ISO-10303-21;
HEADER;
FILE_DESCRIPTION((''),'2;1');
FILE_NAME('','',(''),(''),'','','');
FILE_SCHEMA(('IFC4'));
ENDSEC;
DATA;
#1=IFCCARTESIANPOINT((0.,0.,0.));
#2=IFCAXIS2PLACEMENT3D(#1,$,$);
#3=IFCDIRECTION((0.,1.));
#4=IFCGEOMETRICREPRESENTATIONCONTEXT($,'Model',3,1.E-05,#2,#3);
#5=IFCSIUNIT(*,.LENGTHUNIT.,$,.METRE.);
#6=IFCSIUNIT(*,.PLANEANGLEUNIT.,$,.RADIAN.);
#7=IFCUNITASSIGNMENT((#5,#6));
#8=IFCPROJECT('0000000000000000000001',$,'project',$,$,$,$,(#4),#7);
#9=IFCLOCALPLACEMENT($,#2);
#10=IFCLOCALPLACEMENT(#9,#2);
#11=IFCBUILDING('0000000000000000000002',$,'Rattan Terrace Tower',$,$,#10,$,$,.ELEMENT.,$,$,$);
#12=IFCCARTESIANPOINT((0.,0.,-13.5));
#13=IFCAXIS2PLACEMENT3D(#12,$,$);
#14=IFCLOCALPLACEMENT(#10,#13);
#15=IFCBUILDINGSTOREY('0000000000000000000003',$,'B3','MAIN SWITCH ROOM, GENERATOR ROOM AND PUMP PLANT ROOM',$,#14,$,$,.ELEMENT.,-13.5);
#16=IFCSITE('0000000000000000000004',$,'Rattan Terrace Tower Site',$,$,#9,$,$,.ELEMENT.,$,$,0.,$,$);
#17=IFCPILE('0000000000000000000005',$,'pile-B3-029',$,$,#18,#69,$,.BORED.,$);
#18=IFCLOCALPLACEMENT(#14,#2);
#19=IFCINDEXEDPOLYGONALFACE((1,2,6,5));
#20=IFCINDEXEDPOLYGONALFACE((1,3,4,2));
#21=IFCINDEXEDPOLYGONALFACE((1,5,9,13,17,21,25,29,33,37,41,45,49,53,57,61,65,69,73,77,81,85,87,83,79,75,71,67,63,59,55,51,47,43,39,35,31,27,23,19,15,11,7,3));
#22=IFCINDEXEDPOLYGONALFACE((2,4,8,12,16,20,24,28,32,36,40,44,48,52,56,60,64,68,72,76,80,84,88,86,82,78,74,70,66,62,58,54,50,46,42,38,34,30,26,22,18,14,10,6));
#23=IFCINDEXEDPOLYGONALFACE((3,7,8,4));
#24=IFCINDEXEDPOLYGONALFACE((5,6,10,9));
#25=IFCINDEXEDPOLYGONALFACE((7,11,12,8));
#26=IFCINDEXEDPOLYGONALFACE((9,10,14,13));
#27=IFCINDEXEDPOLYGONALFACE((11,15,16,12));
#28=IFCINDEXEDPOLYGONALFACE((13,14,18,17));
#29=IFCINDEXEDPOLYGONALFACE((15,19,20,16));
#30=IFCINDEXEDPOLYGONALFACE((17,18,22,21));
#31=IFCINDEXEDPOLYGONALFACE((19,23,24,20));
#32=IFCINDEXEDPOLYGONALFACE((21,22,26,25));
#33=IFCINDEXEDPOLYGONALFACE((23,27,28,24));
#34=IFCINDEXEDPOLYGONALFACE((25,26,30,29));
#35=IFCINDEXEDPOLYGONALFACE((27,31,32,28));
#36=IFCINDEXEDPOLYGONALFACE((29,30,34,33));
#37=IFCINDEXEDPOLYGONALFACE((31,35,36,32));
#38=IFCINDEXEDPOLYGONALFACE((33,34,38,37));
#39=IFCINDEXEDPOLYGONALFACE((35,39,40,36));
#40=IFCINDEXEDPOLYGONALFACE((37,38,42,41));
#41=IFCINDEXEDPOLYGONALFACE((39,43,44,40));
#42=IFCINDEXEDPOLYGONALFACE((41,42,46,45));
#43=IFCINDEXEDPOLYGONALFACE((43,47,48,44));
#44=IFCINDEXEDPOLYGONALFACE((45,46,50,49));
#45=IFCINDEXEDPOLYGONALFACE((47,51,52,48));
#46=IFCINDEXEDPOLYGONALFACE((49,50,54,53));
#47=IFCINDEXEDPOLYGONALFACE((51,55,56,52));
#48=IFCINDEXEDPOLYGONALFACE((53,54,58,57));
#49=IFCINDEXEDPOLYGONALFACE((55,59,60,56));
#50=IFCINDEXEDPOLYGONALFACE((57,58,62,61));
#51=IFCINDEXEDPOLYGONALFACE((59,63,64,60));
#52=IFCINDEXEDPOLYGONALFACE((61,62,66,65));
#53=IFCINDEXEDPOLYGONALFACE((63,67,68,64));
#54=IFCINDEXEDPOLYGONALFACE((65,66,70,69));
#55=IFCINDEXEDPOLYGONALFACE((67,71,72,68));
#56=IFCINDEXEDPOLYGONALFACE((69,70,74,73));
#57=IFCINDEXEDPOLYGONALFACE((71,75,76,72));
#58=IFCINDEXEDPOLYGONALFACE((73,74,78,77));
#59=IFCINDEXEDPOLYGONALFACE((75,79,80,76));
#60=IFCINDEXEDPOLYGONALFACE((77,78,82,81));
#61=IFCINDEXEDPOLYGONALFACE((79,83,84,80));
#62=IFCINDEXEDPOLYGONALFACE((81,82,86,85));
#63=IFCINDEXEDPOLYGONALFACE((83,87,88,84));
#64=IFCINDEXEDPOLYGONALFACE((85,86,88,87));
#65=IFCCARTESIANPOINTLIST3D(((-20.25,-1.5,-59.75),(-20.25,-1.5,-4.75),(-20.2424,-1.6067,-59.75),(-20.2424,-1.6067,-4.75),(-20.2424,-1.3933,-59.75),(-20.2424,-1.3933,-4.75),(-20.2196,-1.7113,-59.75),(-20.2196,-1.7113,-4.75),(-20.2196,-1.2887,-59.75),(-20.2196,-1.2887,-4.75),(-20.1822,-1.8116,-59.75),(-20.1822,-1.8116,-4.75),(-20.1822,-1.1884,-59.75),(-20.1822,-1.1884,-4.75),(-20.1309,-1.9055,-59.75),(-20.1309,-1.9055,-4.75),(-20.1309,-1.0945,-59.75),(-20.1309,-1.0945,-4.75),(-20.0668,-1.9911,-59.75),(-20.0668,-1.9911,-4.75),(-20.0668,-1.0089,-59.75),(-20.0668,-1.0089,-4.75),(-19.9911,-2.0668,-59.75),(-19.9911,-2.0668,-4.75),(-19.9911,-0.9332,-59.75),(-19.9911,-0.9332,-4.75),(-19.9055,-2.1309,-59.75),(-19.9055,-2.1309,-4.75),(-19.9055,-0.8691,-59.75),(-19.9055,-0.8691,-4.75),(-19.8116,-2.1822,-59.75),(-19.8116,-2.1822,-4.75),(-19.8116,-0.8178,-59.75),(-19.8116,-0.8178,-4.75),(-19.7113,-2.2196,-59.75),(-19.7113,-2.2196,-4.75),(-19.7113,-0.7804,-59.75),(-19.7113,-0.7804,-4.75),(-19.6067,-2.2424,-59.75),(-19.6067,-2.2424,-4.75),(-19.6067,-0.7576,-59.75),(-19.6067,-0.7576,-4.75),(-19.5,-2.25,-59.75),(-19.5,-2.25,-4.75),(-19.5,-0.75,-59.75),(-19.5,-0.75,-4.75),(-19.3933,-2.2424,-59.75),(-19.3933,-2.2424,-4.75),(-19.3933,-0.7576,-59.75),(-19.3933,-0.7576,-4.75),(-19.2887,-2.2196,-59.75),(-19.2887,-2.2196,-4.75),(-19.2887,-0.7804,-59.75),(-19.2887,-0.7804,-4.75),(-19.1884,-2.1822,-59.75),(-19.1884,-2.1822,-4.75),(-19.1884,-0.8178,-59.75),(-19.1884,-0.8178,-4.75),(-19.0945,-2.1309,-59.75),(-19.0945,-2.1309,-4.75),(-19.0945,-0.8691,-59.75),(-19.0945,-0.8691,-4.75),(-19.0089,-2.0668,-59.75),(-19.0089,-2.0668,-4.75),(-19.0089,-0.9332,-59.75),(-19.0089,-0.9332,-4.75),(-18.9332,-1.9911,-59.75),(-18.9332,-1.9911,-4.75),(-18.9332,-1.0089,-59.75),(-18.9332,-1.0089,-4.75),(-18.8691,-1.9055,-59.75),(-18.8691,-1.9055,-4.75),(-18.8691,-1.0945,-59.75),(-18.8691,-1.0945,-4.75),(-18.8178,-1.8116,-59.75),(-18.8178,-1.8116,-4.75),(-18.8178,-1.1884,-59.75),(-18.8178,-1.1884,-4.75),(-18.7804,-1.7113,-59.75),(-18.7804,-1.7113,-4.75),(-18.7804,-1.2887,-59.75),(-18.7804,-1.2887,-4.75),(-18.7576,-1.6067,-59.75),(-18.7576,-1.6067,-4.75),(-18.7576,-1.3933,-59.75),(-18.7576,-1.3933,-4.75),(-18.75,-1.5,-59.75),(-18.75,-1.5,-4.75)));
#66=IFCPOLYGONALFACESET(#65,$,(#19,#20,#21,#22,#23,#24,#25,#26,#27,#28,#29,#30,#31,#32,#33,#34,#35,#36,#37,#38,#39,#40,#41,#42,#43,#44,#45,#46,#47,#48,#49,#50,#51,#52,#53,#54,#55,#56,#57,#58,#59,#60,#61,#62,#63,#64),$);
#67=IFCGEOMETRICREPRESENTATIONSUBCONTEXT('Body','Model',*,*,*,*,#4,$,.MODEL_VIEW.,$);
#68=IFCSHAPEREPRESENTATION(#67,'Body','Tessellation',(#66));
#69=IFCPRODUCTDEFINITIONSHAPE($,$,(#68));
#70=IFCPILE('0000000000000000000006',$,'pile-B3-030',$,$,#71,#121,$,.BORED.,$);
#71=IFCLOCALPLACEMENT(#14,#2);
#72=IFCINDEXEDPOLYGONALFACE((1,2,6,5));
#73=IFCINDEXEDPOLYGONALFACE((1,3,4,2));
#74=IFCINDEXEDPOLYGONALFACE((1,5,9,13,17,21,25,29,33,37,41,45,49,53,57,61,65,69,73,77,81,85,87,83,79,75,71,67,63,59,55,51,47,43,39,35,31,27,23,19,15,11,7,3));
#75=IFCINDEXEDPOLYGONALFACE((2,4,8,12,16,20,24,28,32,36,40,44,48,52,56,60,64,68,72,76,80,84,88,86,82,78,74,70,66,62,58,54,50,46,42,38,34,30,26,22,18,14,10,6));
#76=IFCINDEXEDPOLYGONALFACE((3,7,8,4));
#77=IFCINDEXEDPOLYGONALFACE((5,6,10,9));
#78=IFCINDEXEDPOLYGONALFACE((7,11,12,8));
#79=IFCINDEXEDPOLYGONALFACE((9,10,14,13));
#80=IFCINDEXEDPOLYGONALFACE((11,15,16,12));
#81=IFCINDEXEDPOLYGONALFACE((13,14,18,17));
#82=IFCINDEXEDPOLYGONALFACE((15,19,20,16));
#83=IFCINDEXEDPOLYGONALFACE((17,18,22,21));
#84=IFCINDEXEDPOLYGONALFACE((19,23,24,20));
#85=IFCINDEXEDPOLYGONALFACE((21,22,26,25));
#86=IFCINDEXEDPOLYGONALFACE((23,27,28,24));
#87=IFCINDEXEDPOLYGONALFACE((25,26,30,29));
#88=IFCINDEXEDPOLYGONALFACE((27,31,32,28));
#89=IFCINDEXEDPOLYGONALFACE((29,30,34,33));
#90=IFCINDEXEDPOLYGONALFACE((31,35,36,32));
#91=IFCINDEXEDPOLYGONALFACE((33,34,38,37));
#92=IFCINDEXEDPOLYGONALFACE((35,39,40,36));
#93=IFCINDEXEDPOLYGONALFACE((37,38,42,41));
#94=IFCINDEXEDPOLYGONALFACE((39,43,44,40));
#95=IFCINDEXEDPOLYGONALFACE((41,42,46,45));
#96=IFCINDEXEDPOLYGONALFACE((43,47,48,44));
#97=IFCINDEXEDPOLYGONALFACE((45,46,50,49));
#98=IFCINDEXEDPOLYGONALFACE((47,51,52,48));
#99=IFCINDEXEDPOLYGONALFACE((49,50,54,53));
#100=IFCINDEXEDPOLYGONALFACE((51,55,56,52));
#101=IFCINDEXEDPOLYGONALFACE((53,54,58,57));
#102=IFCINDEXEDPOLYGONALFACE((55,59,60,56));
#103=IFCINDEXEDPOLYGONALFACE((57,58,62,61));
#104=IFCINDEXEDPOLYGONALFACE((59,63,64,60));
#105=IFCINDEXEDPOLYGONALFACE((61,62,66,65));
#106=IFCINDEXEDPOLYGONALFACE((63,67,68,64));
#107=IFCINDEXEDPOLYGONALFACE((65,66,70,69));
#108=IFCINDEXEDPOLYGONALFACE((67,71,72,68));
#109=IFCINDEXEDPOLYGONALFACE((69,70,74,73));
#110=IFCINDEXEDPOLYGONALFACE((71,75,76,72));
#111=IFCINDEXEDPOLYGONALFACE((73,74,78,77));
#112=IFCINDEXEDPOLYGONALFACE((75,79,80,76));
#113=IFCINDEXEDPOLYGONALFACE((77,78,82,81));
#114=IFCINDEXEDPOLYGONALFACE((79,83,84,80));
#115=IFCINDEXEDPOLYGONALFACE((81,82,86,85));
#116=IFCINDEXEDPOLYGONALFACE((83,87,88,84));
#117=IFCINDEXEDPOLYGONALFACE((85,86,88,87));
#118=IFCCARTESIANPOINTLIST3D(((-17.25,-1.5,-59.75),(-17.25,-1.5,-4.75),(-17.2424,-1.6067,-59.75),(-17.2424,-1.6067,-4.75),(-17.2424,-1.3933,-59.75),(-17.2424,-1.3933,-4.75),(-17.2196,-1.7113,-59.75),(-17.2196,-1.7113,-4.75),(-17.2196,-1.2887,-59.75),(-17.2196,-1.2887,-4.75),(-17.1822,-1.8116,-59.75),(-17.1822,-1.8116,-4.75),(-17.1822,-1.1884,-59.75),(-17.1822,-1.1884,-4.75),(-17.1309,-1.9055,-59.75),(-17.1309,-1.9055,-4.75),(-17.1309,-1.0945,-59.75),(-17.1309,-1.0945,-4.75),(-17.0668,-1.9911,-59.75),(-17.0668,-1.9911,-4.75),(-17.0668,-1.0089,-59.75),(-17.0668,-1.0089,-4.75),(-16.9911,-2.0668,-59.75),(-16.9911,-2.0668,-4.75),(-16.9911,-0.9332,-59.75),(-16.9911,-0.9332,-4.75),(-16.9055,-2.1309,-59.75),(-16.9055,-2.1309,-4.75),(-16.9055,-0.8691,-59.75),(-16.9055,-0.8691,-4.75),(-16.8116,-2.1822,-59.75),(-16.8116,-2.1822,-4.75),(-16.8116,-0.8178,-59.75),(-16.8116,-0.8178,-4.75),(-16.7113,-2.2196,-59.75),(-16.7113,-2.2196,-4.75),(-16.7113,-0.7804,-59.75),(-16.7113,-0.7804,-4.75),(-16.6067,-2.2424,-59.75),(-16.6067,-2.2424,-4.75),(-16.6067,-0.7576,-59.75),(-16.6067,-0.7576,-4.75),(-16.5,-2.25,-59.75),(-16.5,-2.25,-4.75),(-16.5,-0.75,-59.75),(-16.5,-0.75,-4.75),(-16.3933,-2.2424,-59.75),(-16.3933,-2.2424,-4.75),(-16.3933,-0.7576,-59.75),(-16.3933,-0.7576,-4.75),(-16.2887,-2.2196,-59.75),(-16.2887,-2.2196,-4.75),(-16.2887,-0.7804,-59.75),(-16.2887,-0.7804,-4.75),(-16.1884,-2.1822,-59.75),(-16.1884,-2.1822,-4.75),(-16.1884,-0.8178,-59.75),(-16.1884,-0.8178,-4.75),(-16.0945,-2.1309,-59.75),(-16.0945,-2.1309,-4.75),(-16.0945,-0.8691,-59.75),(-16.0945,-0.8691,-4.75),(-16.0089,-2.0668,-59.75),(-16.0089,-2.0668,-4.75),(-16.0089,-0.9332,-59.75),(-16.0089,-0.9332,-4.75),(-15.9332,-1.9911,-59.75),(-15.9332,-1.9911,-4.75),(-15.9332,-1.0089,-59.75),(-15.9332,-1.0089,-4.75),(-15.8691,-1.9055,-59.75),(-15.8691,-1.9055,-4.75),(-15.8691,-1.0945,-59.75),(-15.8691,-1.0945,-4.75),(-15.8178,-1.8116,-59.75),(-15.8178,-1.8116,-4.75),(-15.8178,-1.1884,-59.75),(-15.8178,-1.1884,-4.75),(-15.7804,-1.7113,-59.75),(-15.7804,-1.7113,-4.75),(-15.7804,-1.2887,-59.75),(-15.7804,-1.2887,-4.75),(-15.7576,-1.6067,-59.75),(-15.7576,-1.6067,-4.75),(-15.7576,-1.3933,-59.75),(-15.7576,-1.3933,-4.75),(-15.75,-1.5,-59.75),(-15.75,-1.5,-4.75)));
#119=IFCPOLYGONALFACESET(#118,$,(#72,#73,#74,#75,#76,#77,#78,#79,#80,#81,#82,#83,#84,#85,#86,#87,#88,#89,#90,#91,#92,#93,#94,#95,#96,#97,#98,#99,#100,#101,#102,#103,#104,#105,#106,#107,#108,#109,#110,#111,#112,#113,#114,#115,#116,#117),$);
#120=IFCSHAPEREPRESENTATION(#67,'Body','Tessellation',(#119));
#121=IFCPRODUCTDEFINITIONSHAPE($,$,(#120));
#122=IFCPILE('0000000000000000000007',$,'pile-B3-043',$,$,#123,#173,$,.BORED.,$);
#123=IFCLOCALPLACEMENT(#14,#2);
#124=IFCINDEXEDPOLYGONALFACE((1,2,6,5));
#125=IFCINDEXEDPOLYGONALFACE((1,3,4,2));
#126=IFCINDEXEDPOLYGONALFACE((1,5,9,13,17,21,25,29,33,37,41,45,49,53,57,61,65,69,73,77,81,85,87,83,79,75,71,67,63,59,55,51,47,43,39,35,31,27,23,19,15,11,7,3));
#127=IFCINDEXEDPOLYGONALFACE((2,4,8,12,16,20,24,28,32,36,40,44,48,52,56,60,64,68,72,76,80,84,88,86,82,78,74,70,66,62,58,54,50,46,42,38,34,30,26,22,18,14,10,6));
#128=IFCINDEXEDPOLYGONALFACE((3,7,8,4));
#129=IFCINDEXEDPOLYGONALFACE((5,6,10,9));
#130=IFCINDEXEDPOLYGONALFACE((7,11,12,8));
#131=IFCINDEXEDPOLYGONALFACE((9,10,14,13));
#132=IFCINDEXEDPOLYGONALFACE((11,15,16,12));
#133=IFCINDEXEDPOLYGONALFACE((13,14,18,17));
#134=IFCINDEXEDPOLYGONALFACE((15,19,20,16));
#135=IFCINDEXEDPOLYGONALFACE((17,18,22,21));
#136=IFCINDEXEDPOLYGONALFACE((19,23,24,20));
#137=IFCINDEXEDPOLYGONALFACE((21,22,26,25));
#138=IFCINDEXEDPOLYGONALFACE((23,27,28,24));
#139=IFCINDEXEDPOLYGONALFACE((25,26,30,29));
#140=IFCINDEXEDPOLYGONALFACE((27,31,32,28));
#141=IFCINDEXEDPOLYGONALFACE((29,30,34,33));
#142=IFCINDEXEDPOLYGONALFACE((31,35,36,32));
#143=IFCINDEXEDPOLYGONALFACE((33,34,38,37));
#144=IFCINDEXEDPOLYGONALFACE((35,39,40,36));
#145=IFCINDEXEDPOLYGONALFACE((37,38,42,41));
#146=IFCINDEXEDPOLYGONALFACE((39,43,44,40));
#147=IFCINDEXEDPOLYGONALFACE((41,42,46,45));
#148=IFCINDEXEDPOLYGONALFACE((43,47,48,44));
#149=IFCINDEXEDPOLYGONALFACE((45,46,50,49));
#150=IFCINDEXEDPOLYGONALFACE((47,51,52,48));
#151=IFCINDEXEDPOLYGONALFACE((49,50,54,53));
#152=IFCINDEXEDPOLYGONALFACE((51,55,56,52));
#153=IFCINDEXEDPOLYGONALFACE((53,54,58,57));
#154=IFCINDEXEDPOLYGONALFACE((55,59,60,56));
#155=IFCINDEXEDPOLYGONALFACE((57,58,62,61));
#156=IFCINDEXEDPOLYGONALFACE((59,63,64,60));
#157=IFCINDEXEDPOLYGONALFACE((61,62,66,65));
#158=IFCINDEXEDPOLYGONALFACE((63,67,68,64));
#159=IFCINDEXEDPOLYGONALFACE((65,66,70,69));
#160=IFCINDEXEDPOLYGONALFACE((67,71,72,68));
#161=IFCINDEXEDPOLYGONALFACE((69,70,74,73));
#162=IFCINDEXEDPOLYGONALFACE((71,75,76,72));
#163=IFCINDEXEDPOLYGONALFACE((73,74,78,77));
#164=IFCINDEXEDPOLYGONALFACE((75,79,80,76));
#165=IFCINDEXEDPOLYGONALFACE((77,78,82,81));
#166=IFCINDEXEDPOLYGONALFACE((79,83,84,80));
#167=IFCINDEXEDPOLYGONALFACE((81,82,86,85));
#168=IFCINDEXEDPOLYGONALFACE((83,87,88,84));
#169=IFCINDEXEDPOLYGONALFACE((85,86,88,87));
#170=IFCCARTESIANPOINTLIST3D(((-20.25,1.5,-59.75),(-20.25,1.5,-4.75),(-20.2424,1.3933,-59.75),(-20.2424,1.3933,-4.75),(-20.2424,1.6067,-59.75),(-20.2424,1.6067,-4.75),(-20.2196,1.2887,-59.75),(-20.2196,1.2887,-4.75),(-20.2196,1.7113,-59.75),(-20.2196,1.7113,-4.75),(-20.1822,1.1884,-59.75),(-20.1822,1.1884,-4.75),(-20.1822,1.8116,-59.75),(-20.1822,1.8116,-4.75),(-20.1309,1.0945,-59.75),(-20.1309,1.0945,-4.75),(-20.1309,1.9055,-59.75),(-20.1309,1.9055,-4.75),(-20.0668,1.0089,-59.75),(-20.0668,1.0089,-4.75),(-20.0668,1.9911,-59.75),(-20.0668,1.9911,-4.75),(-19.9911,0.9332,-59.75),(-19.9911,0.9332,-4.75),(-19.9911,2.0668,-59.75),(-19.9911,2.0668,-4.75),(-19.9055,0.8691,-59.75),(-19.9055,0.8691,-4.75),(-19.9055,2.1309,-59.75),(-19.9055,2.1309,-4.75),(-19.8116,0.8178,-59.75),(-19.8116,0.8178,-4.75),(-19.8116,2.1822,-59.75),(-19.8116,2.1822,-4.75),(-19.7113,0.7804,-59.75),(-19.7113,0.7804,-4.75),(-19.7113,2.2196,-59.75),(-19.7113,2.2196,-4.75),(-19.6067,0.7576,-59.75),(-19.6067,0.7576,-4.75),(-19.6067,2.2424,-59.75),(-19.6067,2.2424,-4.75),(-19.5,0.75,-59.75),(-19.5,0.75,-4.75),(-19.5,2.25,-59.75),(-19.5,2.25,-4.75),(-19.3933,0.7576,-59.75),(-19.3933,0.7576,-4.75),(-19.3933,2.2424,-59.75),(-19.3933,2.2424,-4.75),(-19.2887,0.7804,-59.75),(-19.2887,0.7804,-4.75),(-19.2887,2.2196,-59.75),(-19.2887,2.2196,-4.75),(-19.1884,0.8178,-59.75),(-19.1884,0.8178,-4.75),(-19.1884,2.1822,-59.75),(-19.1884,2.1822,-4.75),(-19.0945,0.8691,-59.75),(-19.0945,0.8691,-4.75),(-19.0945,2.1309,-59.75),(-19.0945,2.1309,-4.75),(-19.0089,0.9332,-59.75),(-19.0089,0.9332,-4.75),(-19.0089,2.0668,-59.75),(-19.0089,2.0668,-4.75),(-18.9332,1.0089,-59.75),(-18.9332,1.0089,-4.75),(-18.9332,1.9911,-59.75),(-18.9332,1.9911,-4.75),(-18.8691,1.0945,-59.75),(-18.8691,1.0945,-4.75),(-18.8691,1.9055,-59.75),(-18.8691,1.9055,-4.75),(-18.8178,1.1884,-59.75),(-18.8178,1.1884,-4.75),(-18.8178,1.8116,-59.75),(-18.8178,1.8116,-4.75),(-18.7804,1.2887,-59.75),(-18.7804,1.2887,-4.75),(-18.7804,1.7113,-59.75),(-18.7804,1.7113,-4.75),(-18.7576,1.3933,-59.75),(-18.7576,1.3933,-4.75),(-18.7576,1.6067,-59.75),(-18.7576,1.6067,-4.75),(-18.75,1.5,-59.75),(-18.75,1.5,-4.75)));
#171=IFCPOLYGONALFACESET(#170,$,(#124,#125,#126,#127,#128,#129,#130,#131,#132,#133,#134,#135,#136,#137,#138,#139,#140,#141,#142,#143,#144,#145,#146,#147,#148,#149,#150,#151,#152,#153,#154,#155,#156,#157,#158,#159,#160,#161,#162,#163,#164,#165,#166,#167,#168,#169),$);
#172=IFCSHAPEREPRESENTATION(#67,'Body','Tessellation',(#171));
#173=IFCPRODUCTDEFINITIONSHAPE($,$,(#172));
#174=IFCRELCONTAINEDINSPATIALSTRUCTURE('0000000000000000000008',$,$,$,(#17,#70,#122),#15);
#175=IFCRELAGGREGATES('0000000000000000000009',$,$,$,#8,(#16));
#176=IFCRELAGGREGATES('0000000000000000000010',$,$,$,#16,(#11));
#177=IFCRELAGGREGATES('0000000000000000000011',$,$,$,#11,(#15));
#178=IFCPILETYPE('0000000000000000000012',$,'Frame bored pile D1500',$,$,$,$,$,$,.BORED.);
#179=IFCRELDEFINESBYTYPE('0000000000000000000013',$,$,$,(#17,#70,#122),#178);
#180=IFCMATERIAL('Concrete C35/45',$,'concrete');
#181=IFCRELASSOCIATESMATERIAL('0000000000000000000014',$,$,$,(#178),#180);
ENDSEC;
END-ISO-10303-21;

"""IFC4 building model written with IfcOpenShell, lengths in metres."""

from ifc_helpers import new_model, si_unit, direction, frame, origin, origin_2d, place, context, subcontext, project, spatial, circle, extrude, material, material_profile, profile_set, type_object, element, save


model = new_model("IFC4")

# Units and contexts
model_context = context("Model", 3, precision=1e-05, world=origin(), true_north=direction((0.0, 1.0)))
body_context = subcontext(model_context, "Body", "Model", "MODEL_VIEW")
ifc_project = project(units=[si_unit("LENGTHUNIT", "METRE"), si_unit("PLANEANGLEUNIT", "RADIAN")], contexts=[model_context])

# Site, building, storey
site_placement = place(None, origin())
site = spatial("IfcSite", under=ifc_project, at=site_placement, Name="Rattan Terrace Tower Site", CompositionType="ELEMENT", RefElevation=0.0)
building_placement = place(site_placement, origin())
building = spatial("IfcBuilding", under=site, at=building_placement, Name="Rattan Terrace Tower", CompositionType="ELEMENT")
storey_placement = place(building_placement, frame((0.0, 0.0, -13.5)))
storey = spatial("IfcBuildingStorey", under=building, at=storey_placement, Name="B3", Description="MAIN SWITCH ROOM, GENERATOR ROOM AND PUMP PLANT ROOM", CompositionType="ELEMENT", Elevation=-13.5)

# Piles
ifc_material_1 = material(Name="Concrete C35/45", Category="concrete")
ifc_material_profile = material_profile(ifc_material_1, circle(Radius=0.75, at=origin_2d()), Name="PILE D1500")
ifc_profile_set = profile_set([ifc_material_profile], Name="Concrete C35/45")
pile_type = type_object("IfcPileType", Name="Frame bored pile D1500", PredefinedType="BORED", material=ifc_profile_set)
for number, where, z_axis, x_axis, name in (
    (1, (-19.5, -1.5, -4.75), (0.0, 0.0, -1.0), (1.0, 0.0, 0.0), "pile-B3-029"),
    (2, (-16.5, -1.5, -4.75), (0.0, 0.0, -1.0), (1.0, 0.0, 0.0), "pile-B3-030"),
    (3, (-19.5, 1.5, -4.75), (0.0, 0.0, -1.0), (1.0, 0.0, 0.0), "pile-B3-043"),
):
    element("IfcPile", number, at=place(storey_placement, frame(where, z_axis=z_axis, x_axis=x_axis)), inside=storey, type_object=pile_type, Name=name, PredefinedType="BORED", context=body_context, shape_type="SweptSolid", body=[
        extrude(circle(Radius=0.75, at=origin_2d()), origin(), (0.0, 0.0, 1.0), 55.0),
    ])

save(model, "model.ifc")
